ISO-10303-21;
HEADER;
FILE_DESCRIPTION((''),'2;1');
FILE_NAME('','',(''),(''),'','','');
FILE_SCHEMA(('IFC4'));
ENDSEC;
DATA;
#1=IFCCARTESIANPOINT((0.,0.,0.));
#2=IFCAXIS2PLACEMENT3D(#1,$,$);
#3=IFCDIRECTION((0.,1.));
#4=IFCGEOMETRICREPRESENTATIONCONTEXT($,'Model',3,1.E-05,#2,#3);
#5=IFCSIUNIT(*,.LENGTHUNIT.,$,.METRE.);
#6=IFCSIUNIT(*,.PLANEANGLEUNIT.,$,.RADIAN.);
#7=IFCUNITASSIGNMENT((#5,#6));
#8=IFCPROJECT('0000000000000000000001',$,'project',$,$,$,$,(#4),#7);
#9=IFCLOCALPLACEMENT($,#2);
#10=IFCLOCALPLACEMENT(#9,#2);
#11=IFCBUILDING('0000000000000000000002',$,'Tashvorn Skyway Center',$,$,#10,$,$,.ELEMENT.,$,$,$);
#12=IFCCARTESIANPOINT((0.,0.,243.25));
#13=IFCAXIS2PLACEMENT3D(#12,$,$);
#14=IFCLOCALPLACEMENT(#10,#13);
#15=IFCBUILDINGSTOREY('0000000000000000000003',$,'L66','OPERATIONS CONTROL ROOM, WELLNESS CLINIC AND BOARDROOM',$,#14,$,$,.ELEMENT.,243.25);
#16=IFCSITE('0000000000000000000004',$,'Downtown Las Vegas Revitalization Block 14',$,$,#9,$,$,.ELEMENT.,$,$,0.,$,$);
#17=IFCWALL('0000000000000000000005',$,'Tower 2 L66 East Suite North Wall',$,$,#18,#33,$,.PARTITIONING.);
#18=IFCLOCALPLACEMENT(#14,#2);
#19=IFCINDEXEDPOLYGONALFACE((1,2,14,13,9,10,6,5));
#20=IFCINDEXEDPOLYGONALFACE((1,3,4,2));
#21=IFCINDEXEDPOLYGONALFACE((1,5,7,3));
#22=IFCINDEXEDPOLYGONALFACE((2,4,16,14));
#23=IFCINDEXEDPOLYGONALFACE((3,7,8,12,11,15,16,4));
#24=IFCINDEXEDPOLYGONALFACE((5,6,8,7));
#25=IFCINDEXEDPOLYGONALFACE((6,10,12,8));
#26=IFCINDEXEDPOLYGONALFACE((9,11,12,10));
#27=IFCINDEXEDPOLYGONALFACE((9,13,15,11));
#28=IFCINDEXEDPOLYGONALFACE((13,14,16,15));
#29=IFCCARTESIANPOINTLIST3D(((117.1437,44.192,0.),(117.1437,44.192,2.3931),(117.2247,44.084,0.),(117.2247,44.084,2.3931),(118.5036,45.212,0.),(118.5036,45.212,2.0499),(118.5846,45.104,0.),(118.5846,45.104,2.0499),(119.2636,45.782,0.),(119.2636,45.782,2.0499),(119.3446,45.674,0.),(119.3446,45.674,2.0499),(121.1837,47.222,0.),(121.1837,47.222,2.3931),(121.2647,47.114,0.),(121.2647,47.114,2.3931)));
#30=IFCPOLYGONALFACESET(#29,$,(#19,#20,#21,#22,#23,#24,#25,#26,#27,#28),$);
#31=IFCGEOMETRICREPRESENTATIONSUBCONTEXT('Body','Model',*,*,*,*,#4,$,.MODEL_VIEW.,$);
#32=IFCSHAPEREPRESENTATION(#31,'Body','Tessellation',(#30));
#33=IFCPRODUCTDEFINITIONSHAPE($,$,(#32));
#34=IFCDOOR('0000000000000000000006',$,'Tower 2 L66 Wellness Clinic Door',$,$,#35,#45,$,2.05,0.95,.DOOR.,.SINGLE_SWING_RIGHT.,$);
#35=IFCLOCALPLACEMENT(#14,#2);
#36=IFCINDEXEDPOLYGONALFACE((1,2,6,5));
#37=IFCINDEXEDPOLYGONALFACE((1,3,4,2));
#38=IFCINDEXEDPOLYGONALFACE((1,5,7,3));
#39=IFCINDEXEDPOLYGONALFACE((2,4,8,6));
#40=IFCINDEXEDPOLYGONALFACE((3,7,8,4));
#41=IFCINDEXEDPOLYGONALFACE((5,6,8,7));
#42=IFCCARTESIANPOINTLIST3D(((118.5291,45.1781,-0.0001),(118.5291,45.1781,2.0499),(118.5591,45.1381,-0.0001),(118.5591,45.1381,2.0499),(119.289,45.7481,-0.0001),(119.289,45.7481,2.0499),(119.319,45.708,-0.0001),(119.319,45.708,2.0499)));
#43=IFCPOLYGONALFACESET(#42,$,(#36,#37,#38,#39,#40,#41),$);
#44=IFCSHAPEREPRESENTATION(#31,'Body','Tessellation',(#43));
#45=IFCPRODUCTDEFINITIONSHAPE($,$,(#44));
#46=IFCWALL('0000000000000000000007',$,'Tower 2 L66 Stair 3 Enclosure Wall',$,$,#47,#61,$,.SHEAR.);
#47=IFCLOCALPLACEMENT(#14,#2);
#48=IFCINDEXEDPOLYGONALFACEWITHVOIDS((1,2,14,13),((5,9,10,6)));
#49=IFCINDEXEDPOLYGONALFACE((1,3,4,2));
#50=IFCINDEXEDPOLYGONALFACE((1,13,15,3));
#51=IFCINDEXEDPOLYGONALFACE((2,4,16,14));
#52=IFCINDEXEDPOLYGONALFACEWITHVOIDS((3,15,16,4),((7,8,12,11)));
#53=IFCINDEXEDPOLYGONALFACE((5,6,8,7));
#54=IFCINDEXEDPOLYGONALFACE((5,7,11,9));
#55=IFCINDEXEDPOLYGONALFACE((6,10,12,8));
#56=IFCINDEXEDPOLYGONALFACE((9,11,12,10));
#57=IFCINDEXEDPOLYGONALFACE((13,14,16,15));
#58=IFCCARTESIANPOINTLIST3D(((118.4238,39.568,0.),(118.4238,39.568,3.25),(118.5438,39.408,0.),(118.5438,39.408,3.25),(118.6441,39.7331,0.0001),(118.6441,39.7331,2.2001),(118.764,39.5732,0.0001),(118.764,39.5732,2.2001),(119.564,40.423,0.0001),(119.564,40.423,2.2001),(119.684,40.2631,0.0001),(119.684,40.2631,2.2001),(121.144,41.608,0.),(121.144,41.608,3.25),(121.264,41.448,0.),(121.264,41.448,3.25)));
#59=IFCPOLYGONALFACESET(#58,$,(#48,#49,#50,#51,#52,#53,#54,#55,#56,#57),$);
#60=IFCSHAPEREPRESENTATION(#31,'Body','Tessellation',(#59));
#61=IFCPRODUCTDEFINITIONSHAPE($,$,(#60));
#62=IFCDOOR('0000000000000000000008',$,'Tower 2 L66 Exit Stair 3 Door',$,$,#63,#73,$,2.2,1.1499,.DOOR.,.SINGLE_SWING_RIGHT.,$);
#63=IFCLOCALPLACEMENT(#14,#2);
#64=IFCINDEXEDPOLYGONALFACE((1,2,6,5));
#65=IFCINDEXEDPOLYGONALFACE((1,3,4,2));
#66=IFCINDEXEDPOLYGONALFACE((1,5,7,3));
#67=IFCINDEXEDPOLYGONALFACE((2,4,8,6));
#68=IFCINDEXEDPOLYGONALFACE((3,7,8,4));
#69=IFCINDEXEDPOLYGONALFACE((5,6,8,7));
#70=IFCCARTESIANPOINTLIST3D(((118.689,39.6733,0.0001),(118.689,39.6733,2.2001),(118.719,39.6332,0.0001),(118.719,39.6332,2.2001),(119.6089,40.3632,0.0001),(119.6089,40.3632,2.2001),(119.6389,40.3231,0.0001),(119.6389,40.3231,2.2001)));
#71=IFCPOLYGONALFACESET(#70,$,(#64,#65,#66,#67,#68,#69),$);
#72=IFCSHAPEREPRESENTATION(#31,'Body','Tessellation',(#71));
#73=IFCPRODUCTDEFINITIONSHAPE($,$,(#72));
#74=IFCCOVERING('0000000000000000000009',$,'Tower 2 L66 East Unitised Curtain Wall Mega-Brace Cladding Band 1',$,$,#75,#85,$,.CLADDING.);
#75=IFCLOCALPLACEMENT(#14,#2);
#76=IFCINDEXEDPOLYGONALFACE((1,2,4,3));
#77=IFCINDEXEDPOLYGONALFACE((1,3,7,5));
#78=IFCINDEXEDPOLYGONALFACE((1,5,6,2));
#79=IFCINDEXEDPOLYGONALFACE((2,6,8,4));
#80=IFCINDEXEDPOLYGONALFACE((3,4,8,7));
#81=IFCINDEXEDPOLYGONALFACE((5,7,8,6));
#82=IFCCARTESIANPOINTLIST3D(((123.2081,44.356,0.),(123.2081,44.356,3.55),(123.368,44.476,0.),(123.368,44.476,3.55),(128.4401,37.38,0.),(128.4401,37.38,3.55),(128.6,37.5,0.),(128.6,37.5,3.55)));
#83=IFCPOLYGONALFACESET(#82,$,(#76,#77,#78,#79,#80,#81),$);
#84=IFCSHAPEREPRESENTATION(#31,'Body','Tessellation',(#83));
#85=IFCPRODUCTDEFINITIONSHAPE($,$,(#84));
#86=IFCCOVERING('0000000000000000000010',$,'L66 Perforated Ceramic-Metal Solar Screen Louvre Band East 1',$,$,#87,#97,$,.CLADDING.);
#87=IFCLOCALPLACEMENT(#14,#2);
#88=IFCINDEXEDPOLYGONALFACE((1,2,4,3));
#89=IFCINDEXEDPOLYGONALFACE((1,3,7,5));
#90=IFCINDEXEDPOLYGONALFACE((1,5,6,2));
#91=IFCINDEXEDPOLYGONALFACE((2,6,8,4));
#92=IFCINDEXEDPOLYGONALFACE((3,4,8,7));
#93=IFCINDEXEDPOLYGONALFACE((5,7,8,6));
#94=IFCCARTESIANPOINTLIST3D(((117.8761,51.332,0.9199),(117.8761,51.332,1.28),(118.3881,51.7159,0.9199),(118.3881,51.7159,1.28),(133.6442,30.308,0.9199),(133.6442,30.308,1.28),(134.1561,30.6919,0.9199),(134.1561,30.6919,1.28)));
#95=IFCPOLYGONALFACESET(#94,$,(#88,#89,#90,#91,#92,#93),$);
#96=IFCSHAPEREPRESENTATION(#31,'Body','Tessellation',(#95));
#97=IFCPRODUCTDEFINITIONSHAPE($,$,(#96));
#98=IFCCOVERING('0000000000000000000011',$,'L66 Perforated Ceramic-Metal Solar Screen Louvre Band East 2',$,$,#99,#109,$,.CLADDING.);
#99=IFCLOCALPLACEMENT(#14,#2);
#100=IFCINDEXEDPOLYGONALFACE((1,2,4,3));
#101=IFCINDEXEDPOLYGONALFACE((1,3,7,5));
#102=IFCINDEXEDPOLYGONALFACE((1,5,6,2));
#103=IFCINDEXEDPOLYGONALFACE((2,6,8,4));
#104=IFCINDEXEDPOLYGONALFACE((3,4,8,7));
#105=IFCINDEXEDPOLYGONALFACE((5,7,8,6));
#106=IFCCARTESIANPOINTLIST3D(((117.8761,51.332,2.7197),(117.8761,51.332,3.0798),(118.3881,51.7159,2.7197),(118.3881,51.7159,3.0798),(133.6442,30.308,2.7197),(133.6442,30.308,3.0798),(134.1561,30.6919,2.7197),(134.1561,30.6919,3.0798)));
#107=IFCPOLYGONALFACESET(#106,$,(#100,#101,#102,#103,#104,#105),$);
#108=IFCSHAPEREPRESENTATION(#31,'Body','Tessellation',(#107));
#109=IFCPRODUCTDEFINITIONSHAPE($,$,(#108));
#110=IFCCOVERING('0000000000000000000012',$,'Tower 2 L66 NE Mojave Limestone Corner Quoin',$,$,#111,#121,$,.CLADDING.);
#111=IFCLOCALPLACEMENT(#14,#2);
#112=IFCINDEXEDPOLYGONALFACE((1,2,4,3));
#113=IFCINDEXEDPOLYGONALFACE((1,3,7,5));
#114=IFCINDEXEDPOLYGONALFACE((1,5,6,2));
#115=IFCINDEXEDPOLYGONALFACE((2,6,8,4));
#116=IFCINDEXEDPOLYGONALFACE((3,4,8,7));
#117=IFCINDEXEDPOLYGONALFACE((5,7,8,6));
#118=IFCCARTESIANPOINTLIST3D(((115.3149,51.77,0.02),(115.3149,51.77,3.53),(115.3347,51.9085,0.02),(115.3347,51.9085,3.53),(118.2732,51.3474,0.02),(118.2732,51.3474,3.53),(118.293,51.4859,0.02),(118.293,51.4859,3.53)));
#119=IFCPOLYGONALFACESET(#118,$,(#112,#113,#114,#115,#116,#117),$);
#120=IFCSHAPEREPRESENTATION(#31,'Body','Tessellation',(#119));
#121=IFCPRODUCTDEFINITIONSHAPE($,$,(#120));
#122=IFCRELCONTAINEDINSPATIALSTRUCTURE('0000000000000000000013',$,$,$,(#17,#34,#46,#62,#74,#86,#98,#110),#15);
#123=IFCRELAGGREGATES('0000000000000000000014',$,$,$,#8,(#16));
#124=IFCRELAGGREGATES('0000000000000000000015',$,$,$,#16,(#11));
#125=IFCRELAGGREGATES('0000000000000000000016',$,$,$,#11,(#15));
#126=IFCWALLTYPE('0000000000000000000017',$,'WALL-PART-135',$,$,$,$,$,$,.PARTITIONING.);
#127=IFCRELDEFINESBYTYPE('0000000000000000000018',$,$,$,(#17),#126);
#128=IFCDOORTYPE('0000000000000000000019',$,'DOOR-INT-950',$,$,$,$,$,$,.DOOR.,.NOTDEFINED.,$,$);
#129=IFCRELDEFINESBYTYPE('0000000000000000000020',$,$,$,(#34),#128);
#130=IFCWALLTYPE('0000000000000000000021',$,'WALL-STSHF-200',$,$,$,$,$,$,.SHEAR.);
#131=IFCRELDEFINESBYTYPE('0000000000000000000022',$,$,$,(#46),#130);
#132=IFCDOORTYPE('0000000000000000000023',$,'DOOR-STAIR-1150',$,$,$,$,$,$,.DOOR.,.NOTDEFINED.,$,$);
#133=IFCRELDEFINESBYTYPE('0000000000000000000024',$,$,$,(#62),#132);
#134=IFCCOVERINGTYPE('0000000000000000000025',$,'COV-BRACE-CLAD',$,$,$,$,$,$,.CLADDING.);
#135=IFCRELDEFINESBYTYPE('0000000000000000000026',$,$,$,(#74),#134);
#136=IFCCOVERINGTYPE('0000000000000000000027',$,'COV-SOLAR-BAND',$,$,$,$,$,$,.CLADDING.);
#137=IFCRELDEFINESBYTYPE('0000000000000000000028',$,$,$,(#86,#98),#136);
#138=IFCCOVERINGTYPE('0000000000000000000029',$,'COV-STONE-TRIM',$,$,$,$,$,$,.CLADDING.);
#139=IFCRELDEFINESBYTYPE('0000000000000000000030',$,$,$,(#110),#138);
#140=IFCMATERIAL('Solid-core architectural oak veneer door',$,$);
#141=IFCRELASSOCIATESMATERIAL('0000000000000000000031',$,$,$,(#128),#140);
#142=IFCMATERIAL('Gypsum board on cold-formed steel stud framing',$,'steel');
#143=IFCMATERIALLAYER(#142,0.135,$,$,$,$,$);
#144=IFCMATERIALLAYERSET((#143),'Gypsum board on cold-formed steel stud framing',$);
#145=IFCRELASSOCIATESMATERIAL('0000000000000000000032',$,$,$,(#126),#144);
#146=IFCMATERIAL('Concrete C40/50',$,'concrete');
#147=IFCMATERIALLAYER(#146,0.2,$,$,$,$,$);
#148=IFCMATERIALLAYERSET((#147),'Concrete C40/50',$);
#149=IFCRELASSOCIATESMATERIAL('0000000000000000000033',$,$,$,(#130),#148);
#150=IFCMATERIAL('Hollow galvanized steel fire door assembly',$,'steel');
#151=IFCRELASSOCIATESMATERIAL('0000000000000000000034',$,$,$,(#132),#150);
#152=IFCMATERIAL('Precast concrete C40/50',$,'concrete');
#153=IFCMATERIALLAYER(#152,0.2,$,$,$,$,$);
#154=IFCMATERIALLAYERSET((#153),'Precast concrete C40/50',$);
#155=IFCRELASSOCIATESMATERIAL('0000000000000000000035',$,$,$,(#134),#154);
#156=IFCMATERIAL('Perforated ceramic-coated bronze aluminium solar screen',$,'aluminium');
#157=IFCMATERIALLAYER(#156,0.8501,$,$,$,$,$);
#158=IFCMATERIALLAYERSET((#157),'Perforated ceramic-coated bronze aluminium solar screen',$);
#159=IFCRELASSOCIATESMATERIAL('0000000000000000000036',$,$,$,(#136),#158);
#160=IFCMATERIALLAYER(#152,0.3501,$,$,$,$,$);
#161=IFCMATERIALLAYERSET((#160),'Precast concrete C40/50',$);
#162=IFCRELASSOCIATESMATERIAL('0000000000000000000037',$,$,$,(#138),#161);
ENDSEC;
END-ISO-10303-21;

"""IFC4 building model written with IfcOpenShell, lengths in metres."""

from ifc_helpers import new_model, si_unit, direction, frame, frame_2d, origin, origin_2d, place, context, subcontext, project, spatial, rectangle, extrude, material, layer, layer_set, type_object, element, fill, save


model = new_model("IFC4")

# Units and contexts
model_context = context("Model", 3, precision=1e-05, world=origin(), true_north=direction((0.0, 1.0)))
body_context = subcontext(model_context, "Body", "Model", "MODEL_VIEW")
ifc_project = project(units=[si_unit("LENGTHUNIT", "METRE"), si_unit("PLANEANGLEUNIT", "RADIAN")], contexts=[model_context])

# Site, building, storey
site_placement = place(None, origin())
site = spatial("IfcSite", under=ifc_project, at=site_placement, Name="Downtown Las Vegas Revitalization Block 14", CompositionType="ELEMENT", RefElevation=0.0)
building_placement = place(site_placement, origin())
building = spatial("IfcBuilding", under=site, at=building_placement, Name="Tashvorn Skyway Center", CompositionType="ELEMENT")
storey_placement = place(building_placement, frame((0.0, 0.0, 243.25)))
storey = spatial("IfcBuildingStorey", under=building, at=storey_placement, Name="L66", Description="OPERATIONS CONTROL ROOM, WELLNESS CLINIC AND BOARDROOM", CompositionType="ELEMENT", Elevation=243.25)

# Shared definitions
ifc_material_1 = material(Name="Precast concrete C40/50", Category="concrete")

# Shared definitions
ifc_material_2 = material(Name="Gypsum board on cold-formed steel stud framing", Category="steel")
ifc_material_3 = material(Name="Solid-core architectural oak veneer door")
door_type_1 = type_object("IfcDoorType", Name="DOOR-INT-950", OperationType="NOTDEFINED", PredefinedType="DOOR", material=ifc_material_3)

# Shared definitions
ifc_layer_1 = layer(ifc_material_2, 0.135)
ifc_layer_set_1 = layer_set([ifc_layer_1], Name="Gypsum board on cold-formed steel stud framing")
wall_type_1 = type_object("IfcWallType", Name="WALL-PART-135", PredefinedType="PARTITIONING", material=ifc_layer_set_1)

# Walls, openings, doors
wall_1_placement = place(storey_placement, frame((121.2241, 47.168, 0.0), z_axis=(0.0, 0.0, 1.0), x_axis=(-0.8, -0.6, 0.0)))
wall_1 = element("IfcWall", 1, at=wall_1_placement, inside=storey, type_object=wall_type_1, Name="Tower 2 L66 East Suite North Wall", PredefinedType="PARTITIONING", context=body_context, shape_type="SweptSolid", body=[
    extrude(rectangle(XDim=5.05, YDim=0.135, at=frame_2d((2.5249, 0.0))), origin(), (0.0, 0.0, 1.0), 2.3931),
])
opening_1_placement = place(wall_1_placement, frame((2.3999, 0.0, 0.0)))
opening_1 = element("IfcOpeningElement", 2, at=opening_1_placement, cuts=wall_1, PredefinedType="OPENING", context=body_context, shape_type="SweptSolid", body=[
    extrude(rectangle(XDim=0.95, YDim=2.05, at=frame_2d((0.4751, 1.0249))), frame((0.0, 0.0774, 0.0), z_axis=(0.0, -1.0, 0.0), x_axis=(1.0, 0.0, 0.0)), (0.0, 0.0, 1.0), 0.155),
])
door_1_placement = place(opening_1_placement, origin())
door_1 = element("IfcDoor", 3, at=door_1_placement, inside=storey, type_object=door_type_1, Name="Tower 2 L66 Wellness Clinic Door", OperationType="SINGLE_SWING_RIGHT", OverallHeight=2.05, OverallWidth=0.95, PredefinedType="DOOR", context=body_context, shape_type="SweptSolid", body=[
    extrude(rectangle(XDim=0.95, YDim=2.05, at=frame_2d((0.4751, 1.0249))), frame((0.0, 0.0249, 0.0), z_axis=(0.0, -1.0, 0.0), x_axis=(1.0, 0.0, 0.0)), (0.0, 0.0, 1.0), 0.05),
])
fill(opening_1, door_1)
ifc_material_4 = material(Name="Concrete C40/50", Category="concrete")
ifc_layer_2 = layer(ifc_material_4, 0.2)
ifc_layer_set_2 = layer_set([ifc_layer_2], Name="Concrete C40/50")
wall_type_2 = type_object("IfcWallType", Name="WALL-STSHF-200", PredefinedType="SHEAR", material=ifc_layer_set_2)
wall_2_placement = place(storey_placement, frame((121.2041, 41.5281, 0.0), z_axis=(0.0, 0.0, 1.0), x_axis=(-0.800017, -0.599977, 0.0)))
wall_2 = element("IfcWall", 4, at=wall_2_placement, inside=storey, type_object=wall_type_2, Name="Tower 2 L66 Stair 3 Enclosure Wall", PredefinedType="SHEAR", context=body_context, shape_type="SweptSolid", body=[
    extrude(rectangle(XDim=3.4001, YDim=0.2, at=frame_2d((1.7002, 0.0))), origin(), (0.0, 0.0, 1.0), 3.25),
])
opening_2_placement = place(wall_2_placement, frame((1.9751, 0.0, 0.0)))
opening_2 = element("IfcOpeningElement", 5, at=opening_2_placement, cuts=wall_2, PredefinedType="OPENING", context=body_context, shape_type="SweptSolid", body=[
    extrude(rectangle(XDim=1.1499, YDim=2.2, at=frame_2d((0.575, 1.1001))), frame((0.0, 0.1099, 0.0), z_axis=(0.0, -1.0, 0.0), x_axis=(1.0, 0.0, 0.0)), (0.0, 0.0, 1.0), 0.22),
])
ifc_material_5 = material(Name="Hollow galvanized steel fire door assembly", Category="steel")
door_type_2 = type_object("IfcDoorType", Name="DOOR-STAIR-1150", OperationType="NOTDEFINED", PredefinedType="DOOR", material=ifc_material_5)
door_2_placement = place(opening_2_placement, origin())
door_2 = element("IfcDoor", 6, at=door_2_placement, inside=storey, type_object=door_type_2, Name="Tower 2 L66 Exit Stair 3 Door", OperationType="SINGLE_SWING_RIGHT", OverallHeight=2.2, OverallWidth=1.1499, PredefinedType="DOOR", context=body_context, shape_type="SweptSolid", body=[
    extrude(rectangle(XDim=1.1499, YDim=2.2, at=frame_2d((0.575, 1.1001))), frame((0.0, 0.0249, 0.0), z_axis=(0.0, -1.0, 0.0), x_axis=(1.0, 0.0, 0.0)), (0.0, 0.0, 1.0), 0.05),
])
fill(opening_2, door_2)

# Coverings
ifc_layer_3 = layer(ifc_material_1, 0.2)
ifc_layer_set_3 = layer_set([ifc_layer_3], Name="Precast concrete C40/50")
covering_type_1 = type_object("IfcCoveringType", Name="COV-BRACE-CLAD", PredefinedType="CLADDING", material=ifc_layer_set_3)
covering_1_placement = place(storey_placement, frame((125.9041, 40.928, 0.0), z_axis=(0.0, 0.0, 1.0), x_axis=(0.6, -0.8, 0.0)))
element("IfcCovering", 7, at=covering_1_placement, inside=storey, type_object=covering_type_1, Name="Tower 2 L66 East Unitised Curtain Wall Mega-Brace Cladding Band 1", PredefinedType="CLADDING", context=body_context, shape_type="SweptSolid", body=[
    extrude(rectangle(XDim=8.72, YDim=0.2, at=origin_2d()), origin(), (0.0, 0.0, 1.0), 3.55),
])
ifc_material_6 = material(Name="Perforated ceramic-coated bronze aluminium solar screen", Category="aluminium")
ifc_layer_4 = layer(ifc_material_6, 0.8501)
ifc_layer_set_4 = layer_set([ifc_layer_4], Name="Perforated ceramic-coated bronze aluminium solar screen")
covering_type_2 = type_object("IfcCoveringType", Name="COV-SOLAR-BAND", PredefinedType="CLADDING", material=ifc_layer_set_4)
for number, where, z_axis, x_axis, name in (
    (8, (126.0161, 41.012, 0.9199), (0.0, 0.0, 1.0), (0.6, -0.8, 0.0), "L66 Perforated Ceramic-Metal Solar Screen Louvre Band East 1"),
    (9, (126.0161, 41.012, 2.7197), (0.0, 0.0, 1.0), (0.6, -0.8, 0.0), "L66 Perforated Ceramic-Metal Solar Screen Louvre Band East 2"),
):
    element("IfcCovering", number, at=place(storey_placement, frame(where, z_axis=z_axis, x_axis=x_axis)), inside=storey, type_object=covering_type_2, Name=name, PredefinedType="CLADDING", context=body_context, shape_type="SweptSolid", body=[
        extrude(rectangle(XDim=26.28, YDim=0.6399, at=origin_2d()), origin(), (0.0, 0.0, 1.0), 0.3601),
    ])
ifc_layer_5 = layer(ifc_material_1, 0.3501)
ifc_layer_set_5 = layer_set([ifc_layer_5], Name="Precast concrete C40/50")
covering_type_3 = type_object("IfcCoveringType", Name="COV-STONE-TRIM", PredefinedType="CLADDING", material=ifc_layer_set_5)
covering_2_placement = place(storey_placement, frame((116.804, 51.6279, 0.02), z_axis=(0.0, 0.0, 1.0), x_axis=(0.989949, -0.141421, 0.0)))
element("IfcCovering", 10, at=covering_2_placement, inside=storey, type_object=covering_type_3, Name="Tower 2 L66 NE Mojave Limestone Corner Quoin", PredefinedType="CLADDING", context=body_context, shape_type="SweptSolid", body=[
    extrude(rectangle(XDim=2.9883, YDim=0.1399, at=origin_2d()), origin(), (0.0, 0.0, 1.0), 3.51),
])

save(model, "model.ifc")
